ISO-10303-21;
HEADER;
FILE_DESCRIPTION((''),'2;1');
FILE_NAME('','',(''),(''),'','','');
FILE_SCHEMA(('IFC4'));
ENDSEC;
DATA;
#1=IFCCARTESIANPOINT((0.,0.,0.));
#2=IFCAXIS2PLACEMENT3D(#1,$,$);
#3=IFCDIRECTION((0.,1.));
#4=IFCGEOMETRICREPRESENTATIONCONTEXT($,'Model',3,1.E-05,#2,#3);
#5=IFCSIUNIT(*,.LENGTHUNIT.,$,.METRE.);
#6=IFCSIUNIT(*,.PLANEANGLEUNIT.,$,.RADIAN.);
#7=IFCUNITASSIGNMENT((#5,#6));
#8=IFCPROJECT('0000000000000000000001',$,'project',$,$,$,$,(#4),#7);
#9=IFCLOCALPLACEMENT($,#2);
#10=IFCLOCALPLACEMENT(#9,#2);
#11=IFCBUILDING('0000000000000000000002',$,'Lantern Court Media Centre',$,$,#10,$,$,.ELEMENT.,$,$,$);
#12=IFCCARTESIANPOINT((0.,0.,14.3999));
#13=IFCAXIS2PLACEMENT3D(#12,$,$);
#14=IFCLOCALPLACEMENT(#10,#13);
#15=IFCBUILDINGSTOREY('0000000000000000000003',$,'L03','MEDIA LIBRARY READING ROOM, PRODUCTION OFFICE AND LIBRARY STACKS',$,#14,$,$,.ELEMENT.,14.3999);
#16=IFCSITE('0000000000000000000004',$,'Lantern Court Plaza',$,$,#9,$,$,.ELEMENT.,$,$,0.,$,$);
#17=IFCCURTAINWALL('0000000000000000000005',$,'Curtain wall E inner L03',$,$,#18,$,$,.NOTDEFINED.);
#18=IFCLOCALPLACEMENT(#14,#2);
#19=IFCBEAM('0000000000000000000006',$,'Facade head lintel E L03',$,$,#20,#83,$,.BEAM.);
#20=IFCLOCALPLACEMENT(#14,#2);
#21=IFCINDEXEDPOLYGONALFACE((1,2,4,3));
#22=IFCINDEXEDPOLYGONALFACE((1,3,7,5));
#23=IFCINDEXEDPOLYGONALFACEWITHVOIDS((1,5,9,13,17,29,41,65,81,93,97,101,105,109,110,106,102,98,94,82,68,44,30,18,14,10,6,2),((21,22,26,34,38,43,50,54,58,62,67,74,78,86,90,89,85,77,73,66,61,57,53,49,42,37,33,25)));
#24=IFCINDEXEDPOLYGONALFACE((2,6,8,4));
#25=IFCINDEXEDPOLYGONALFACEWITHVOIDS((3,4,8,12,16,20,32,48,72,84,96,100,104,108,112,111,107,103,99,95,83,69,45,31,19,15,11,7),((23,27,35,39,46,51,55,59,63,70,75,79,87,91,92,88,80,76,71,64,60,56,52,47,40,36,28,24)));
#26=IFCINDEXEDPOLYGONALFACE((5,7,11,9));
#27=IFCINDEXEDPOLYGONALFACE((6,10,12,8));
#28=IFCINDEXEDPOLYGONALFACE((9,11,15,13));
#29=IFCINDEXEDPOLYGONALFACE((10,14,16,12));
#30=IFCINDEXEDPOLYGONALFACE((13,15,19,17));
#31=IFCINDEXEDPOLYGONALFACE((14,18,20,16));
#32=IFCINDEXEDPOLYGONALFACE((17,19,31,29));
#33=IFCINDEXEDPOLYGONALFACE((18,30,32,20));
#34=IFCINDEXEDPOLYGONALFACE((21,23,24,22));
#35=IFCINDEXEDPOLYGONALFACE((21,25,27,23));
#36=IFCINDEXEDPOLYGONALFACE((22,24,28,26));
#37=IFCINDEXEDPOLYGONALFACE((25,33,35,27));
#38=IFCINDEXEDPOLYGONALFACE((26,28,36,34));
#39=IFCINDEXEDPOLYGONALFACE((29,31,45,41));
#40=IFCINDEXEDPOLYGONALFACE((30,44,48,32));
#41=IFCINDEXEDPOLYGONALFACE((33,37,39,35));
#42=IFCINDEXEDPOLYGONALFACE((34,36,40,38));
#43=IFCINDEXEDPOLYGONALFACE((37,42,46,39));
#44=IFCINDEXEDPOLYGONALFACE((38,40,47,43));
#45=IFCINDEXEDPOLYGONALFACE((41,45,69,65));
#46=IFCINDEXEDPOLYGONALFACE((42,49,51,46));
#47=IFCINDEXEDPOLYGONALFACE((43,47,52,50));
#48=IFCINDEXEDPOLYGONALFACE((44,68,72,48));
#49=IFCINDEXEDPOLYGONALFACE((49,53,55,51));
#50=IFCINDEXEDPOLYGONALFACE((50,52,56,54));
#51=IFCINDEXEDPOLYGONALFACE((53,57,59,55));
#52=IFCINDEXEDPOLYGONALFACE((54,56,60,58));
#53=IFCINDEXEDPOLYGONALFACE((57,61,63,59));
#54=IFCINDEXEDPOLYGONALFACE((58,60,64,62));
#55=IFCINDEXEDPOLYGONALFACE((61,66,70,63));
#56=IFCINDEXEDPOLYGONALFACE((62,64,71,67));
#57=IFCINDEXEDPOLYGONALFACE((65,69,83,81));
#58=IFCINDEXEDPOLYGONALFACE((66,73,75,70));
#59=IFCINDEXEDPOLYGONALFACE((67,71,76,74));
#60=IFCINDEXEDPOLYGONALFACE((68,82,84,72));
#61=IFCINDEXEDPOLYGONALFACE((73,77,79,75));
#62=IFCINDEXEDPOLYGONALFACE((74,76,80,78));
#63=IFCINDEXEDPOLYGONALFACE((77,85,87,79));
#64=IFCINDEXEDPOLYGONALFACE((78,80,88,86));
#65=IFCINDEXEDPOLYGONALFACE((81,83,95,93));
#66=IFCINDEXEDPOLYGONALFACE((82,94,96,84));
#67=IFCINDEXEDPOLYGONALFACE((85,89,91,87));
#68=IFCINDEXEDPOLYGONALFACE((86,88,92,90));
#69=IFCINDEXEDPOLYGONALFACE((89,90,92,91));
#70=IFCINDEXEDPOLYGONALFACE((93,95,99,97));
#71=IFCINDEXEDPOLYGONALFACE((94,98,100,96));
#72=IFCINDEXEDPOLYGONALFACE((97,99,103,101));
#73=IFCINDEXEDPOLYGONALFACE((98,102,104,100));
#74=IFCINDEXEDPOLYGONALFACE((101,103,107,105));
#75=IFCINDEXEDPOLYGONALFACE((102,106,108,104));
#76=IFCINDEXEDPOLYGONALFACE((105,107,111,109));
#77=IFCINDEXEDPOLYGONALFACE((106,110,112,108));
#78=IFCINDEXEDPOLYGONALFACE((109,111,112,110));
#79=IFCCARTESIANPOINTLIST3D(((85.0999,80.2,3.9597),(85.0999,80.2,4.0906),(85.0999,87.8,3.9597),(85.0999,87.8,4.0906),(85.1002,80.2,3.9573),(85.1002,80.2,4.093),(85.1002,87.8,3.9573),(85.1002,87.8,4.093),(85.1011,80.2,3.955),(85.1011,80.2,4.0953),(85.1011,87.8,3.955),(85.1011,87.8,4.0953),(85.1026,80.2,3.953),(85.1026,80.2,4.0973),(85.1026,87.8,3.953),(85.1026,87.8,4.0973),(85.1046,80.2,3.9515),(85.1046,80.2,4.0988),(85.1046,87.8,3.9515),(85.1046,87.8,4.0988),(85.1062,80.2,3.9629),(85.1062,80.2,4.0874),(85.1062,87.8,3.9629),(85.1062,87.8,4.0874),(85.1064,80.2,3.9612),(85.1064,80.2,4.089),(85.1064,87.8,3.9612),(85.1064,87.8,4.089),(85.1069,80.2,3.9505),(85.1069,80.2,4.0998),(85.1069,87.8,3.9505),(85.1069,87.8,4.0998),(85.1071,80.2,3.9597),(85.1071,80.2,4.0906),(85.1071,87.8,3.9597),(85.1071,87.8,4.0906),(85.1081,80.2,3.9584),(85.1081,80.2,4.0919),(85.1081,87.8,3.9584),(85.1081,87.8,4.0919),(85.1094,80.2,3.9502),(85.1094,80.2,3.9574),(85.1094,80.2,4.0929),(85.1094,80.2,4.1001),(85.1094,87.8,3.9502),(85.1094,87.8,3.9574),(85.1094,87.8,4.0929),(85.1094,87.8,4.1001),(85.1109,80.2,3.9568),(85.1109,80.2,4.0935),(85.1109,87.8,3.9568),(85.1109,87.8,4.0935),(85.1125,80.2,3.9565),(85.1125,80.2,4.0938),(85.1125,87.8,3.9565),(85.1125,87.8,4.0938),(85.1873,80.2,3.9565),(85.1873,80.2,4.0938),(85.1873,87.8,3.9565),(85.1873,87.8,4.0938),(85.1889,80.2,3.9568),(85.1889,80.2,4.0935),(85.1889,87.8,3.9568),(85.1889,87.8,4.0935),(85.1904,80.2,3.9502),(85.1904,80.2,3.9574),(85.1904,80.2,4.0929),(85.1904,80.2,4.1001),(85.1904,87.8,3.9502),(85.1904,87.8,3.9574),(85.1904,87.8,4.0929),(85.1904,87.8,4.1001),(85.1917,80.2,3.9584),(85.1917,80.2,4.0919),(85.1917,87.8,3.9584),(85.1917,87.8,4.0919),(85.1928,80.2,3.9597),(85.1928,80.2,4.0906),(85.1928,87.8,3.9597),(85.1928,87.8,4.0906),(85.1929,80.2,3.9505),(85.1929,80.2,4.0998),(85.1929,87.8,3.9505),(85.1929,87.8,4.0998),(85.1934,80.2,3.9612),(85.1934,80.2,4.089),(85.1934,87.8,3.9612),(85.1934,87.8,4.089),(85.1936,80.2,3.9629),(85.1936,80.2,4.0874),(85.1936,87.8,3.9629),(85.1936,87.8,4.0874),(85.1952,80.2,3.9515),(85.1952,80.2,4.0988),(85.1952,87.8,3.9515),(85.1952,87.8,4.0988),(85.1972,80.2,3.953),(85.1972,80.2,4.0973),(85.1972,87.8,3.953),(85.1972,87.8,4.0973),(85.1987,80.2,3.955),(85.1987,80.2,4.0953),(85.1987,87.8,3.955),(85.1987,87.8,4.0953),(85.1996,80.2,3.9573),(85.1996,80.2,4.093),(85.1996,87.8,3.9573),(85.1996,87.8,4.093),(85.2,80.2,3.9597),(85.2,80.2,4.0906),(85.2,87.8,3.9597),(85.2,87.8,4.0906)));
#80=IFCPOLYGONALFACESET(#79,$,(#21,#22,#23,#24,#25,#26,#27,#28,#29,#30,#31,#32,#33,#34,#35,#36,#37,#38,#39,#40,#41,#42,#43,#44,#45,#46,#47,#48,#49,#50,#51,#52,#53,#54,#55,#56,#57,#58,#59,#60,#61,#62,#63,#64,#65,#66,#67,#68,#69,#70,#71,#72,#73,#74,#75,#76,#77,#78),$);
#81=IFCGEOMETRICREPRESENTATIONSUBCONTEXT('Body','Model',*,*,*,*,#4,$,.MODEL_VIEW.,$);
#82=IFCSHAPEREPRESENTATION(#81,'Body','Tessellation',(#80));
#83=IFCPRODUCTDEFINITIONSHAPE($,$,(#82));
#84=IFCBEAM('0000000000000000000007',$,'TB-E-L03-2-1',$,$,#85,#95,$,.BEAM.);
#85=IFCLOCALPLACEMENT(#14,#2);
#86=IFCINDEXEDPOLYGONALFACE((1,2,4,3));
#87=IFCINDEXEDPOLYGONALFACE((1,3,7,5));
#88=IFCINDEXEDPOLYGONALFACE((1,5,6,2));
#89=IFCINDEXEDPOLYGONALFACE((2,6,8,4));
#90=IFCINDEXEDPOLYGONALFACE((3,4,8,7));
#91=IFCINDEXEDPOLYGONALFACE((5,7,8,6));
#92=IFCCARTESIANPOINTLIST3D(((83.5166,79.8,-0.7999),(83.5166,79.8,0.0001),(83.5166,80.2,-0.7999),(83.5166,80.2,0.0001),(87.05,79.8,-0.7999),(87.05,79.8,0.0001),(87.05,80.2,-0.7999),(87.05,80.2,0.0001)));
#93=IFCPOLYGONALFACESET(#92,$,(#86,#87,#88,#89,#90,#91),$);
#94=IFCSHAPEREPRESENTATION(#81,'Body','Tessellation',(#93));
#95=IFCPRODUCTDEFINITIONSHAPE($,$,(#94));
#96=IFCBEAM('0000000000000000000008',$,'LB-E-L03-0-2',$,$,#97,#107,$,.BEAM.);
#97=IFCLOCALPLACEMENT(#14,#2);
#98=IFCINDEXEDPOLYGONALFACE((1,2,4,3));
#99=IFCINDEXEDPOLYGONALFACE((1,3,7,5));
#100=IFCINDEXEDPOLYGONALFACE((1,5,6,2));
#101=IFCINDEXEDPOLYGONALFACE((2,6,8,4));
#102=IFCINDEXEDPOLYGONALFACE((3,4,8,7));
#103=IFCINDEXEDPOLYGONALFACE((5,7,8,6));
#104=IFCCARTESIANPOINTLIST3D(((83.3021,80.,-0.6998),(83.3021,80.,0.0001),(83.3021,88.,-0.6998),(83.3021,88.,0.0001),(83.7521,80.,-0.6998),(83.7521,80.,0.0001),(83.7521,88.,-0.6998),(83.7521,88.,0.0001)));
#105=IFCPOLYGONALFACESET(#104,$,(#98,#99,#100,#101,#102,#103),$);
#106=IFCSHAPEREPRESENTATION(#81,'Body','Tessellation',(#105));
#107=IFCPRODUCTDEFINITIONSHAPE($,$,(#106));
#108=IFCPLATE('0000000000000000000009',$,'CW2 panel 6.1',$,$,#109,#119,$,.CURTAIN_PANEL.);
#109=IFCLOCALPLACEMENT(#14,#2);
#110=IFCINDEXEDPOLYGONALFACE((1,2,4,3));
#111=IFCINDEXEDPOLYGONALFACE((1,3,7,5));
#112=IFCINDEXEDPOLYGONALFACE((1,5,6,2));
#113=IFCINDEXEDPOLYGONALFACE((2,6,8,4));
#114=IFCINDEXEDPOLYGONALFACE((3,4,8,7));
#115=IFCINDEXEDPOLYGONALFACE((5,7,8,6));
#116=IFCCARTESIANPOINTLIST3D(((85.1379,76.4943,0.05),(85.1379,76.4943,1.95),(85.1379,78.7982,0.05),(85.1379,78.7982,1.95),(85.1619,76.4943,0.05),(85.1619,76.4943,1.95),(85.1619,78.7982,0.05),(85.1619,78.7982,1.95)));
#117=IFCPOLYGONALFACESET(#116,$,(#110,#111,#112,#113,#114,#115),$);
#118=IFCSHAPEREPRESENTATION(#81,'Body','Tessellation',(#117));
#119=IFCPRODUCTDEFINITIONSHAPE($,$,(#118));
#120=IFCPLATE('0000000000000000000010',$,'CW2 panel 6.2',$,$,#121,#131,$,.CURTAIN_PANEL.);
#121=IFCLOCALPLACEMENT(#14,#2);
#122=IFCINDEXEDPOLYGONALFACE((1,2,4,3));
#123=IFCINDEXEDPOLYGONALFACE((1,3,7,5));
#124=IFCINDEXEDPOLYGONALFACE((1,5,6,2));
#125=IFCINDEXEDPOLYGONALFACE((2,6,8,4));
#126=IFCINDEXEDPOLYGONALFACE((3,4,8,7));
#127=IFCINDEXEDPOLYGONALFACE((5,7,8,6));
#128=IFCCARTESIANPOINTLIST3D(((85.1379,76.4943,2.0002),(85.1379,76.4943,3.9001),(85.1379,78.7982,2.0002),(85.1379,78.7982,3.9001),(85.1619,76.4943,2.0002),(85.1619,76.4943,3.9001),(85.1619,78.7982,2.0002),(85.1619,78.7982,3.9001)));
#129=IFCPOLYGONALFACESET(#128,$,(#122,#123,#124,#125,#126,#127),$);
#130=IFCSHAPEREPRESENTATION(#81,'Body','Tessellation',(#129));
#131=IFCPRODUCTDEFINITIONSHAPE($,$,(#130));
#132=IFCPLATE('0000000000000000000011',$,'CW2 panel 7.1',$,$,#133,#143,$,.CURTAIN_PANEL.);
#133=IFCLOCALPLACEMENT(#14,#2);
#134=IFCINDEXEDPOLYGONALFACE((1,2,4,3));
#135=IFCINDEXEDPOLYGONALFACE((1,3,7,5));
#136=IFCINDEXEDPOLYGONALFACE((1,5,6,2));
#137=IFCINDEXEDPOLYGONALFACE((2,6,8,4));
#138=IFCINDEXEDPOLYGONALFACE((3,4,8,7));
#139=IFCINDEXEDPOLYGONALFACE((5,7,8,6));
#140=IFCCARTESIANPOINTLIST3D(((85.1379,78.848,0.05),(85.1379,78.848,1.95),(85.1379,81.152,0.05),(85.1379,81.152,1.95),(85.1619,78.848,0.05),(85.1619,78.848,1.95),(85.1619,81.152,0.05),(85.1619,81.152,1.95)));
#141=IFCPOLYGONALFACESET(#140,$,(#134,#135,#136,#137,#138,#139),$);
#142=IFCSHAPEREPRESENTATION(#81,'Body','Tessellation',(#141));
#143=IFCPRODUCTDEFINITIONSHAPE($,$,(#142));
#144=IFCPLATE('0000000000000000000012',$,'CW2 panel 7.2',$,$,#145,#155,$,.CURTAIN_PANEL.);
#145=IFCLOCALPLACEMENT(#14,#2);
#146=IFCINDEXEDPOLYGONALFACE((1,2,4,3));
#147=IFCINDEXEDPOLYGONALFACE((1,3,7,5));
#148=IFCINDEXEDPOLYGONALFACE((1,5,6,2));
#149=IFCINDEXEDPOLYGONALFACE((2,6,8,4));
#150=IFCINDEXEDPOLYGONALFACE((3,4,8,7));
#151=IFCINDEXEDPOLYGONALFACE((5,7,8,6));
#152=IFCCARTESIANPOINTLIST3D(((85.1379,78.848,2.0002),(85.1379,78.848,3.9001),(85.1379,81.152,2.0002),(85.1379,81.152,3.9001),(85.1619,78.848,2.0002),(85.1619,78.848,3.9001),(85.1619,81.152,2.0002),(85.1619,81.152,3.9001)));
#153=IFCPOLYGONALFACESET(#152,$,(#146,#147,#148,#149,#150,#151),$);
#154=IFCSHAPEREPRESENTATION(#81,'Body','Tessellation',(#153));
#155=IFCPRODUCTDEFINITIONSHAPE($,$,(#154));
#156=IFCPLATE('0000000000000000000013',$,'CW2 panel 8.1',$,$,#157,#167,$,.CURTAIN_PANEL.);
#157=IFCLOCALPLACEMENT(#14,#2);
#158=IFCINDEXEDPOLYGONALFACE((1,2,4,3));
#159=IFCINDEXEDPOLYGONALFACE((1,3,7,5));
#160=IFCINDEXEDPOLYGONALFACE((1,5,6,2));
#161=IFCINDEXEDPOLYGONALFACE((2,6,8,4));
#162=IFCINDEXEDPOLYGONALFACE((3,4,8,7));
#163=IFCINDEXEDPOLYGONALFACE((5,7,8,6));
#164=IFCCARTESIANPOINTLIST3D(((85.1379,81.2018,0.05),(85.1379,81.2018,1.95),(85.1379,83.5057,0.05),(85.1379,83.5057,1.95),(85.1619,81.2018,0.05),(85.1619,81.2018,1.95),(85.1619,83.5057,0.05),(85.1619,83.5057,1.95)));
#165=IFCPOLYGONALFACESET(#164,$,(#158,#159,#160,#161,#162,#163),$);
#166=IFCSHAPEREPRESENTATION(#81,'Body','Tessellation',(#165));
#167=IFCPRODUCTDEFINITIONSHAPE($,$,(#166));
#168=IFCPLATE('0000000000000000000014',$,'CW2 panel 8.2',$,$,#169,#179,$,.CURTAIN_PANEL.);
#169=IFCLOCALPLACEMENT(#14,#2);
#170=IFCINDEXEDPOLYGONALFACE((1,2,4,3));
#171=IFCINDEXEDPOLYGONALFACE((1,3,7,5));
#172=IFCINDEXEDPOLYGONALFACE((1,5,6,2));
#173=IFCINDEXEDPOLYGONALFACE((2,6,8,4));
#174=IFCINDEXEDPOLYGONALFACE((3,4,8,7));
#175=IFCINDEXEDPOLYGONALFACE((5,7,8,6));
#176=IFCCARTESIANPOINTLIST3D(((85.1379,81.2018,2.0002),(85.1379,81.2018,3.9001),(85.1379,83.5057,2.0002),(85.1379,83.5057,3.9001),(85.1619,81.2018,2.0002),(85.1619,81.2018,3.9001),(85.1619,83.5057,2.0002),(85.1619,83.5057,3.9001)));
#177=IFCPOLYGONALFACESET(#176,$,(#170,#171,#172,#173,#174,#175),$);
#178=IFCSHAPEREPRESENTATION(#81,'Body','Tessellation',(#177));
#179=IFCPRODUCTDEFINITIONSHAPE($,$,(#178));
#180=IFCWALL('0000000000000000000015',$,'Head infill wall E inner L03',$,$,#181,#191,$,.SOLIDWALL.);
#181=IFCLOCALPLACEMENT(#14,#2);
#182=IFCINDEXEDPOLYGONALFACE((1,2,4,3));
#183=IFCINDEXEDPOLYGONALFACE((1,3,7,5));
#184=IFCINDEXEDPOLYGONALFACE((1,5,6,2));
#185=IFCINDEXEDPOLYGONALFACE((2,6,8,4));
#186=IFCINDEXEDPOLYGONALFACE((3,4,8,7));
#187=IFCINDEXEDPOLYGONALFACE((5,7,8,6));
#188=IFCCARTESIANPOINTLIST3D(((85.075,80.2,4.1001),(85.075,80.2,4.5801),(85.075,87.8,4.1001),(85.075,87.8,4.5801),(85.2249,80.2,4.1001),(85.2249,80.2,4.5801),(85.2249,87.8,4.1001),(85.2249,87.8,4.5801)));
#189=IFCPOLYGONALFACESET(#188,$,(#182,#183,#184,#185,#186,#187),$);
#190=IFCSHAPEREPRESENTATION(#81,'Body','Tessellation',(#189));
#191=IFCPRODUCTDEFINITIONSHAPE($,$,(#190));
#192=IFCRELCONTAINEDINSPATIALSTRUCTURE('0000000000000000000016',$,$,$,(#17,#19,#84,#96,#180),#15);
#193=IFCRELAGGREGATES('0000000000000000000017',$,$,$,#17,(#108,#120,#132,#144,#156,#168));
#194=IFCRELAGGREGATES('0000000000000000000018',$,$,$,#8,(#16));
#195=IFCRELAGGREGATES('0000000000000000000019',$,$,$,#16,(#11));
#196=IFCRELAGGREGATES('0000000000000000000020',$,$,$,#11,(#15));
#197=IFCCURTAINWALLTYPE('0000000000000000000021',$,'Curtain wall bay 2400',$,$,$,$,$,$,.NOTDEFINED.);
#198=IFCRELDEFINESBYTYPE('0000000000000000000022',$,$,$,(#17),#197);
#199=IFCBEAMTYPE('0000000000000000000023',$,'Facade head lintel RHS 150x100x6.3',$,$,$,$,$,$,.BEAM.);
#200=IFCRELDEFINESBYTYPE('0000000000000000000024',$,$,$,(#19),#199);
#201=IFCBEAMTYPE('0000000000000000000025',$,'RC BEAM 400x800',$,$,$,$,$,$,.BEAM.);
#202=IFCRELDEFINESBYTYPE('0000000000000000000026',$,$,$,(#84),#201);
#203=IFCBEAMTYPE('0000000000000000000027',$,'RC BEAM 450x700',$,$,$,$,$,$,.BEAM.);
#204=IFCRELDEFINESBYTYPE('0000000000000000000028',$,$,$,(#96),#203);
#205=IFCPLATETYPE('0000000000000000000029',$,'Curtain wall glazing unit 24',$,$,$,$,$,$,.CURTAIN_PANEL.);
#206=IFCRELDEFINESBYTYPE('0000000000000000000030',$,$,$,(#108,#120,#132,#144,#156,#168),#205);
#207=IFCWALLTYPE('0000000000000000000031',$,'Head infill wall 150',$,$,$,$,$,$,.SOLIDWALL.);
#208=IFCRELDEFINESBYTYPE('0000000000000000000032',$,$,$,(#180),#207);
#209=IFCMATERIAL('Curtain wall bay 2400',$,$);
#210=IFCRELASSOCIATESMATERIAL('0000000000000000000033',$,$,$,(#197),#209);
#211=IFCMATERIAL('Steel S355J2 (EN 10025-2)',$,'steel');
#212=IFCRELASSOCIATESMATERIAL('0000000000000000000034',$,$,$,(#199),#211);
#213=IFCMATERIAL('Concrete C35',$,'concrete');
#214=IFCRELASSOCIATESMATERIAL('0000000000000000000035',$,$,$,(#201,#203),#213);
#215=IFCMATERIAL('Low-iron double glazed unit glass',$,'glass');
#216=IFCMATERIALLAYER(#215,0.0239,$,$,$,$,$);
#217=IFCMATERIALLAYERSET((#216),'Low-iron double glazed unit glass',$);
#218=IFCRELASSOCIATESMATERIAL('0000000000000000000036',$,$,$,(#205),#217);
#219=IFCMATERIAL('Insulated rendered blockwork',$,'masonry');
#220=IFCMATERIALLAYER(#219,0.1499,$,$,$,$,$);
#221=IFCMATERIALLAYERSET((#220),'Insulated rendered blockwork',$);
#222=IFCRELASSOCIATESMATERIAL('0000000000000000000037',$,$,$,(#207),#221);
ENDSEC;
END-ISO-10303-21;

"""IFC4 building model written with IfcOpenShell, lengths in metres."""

from ifc_helpers import new_model, si_unit, direction, frame, frame_2d, origin, origin_2d, place, context, subcontext, project, spatial, rectangle, hollow_rectangle, extrude, material, layer, layer_set, material_profile, profile_set, type_object, element, aggregate, save


model = new_model("IFC4")

# Units and contexts
model_context = context("Model", 3, precision=1e-05, world=origin(), true_north=direction((0.0, 1.0)))
body_context = subcontext(model_context, "Body", "Model", "MODEL_VIEW")
ifc_project = project(units=[si_unit("LENGTHUNIT", "METRE"), si_unit("PLANEANGLEUNIT", "RADIAN")], contexts=[model_context])

# Site, building, storey
site_placement = place(None, origin())
site = spatial("IfcSite", under=ifc_project, at=site_placement, Name="Lantern Court Plaza", CompositionType="ELEMENT", RefElevation=0.0)
building_placement = place(site_placement, origin())
building = spatial("IfcBuilding", under=site, at=building_placement, Name="Lantern Court Media Centre", CompositionType="ELEMENT")
storey_placement = place(building_placement, frame((0.0, 0.0, 14.3999)))
storey = spatial("IfcBuildingStorey", under=building, at=storey_placement, Name="L03", Description="MEDIA LIBRARY READING ROOM, PRODUCTION OFFICE AND LIBRARY STACKS", CompositionType="ELEMENT", Elevation=14.3999)

# Shared definitions
ifc_material_1 = material(Name="Concrete C35", Category="concrete")

# Curtain wall
ifc_material_2 = material(Name="Curtain wall bay 2400")
curtain_wall_type = type_object("IfcCurtainWallType", Name="Curtain wall bay 2400", PredefinedType="NOTDEFINED", material=ifc_material_2)
curtain_wall_placement = place(storey_placement, origin())
curtain_wall = element("IfcCurtainWall", 1, at=curtain_wall_placement, inside=storey, type_object=curtain_wall_type, Name="Curtain wall E inner L03", PredefinedType="NOTDEFINED")

# Beams
ifc_material_3 = material(Name="Steel S355J2 (EN 10025-2)", Category="steel")
ifc_material_profile_1 = material_profile(ifc_material_3, hollow_rectangle(XDim=0.1001, YDim=0.1499, WallThickness=0.0063, InnerFilletRadius=0.0063, OuterFilletRadius=0.0095, at=origin_2d()), Name="Facade head lintel RHS 150x100x6.3")
ifc_profile_set_1 = profile_set([ifc_material_profile_1], Name="Steel S355J2 (EN 10025-2)")
beam_type_1 = type_object("IfcBeamType", Name="Facade head lintel RHS 150x100x6.3", PredefinedType="BEAM", material=ifc_profile_set_1)
beam_1_placement = place(storey_placement, frame((85.1499, 80.2, 4.0251), z_axis=(0.0, 1.0, 0.0), x_axis=(-1.0, 0.0, 0.0)))
element("IfcBeam", 2, at=beam_1_placement, inside=storey, type_object=beam_type_1, Name="Facade head lintel E L03", PredefinedType="BEAM", context=body_context, shape_type="SweptSolid", body=[
    extrude(hollow_rectangle(XDim=0.1001, YDim=0.1499, WallThickness=0.0063, InnerFilletRadius=0.0063, OuterFilletRadius=0.0095, at=origin_2d()), origin(), (0.0, 0.0, 1.0), 7.6001),
])
ifc_material_profile_2 = material_profile(ifc_material_1, rectangle(XDim=0.3999, YDim=0.8, at=origin_2d()), Name="RC 400x800")
ifc_profile_set_2 = profile_set([ifc_material_profile_2], Name="Concrete C35")
beam_type_2 = type_object("IfcBeamType", Name="RC BEAM 400x800", PredefinedType="BEAM", material=ifc_profile_set_2)
beam_2_placement = place(storey_placement, frame((83.5166, 80.0, -0.3999), z_axis=(1.0, 0.0, 0.0), x_axis=(0.0, 1.0, 0.0)))
element("IfcBeam", 3, at=beam_2_placement, inside=storey, type_object=beam_type_2, Name="TB-E-L03-2-1", PredefinedType="BEAM", context=body_context, shape_type="SweptSolid", body=[
    extrude(rectangle(XDim=0.3999, YDim=0.8, at=origin_2d()), origin(), (0.0, 0.0, 1.0), 3.5334),
])
ifc_material_profile_3 = material_profile(ifc_material_1, rectangle(XDim=0.45, YDim=0.7, at=origin_2d()), Name="RC 450x700")
ifc_profile_set_3 = profile_set([ifc_material_profile_3], Name="Concrete C35")
beam_type_3 = type_object("IfcBeamType", Name="RC BEAM 450x700", PredefinedType="BEAM", material=ifc_profile_set_3)
beam_3_placement = place(storey_placement, frame((83.5271, 80.0, -0.3499), z_axis=(0.0, 1.0, 0.0), x_axis=(-1.0, 0.0, 0.0)))
element("IfcBeam", 4, at=beam_3_placement, inside=storey, type_object=beam_type_3, Name="LB-E-L03-0-2", PredefinedType="BEAM", context=body_context, shape_type="SweptSolid", body=[
    extrude(rectangle(XDim=0.45, YDim=0.7, at=origin_2d()), origin(), (0.0, 0.0, 1.0), 8.0),
])

# Plates
ifc_material_4 = material(Name="Low-iron double glazed unit glass", Category="glass")
ifc_layer_1 = layer(ifc_material_4, 0.0239)
ifc_layer_set_1 = layer_set([ifc_layer_1], Name="Low-iron double glazed unit glass")
plate_type = type_object("IfcPlateType", Name="Curtain wall glazing unit 24", PredefinedType="CURTAIN_PANEL", material=ifc_layer_set_1)
plate_1_placement = place(storey_placement, frame((85.1499, 77.6462, 0.05), z_axis=(0.0, 0.0, 1.0), x_axis=(0.0, 1.0, 0.0)))
plate_1 = element("IfcPlate", 5, at=plate_1_placement, type_object=plate_type, Name="CW2 panel 6.1", PredefinedType="CURTAIN_PANEL", context=body_context, shape_type="SweptSolid", body=[
    extrude(rectangle(XDim=2.304, YDim=0.0239, at=origin_2d()), origin(), (0.0, 0.0, 1.0), 1.8999),
])
plate_2_placement = place(storey_placement, frame((85.1499, 77.6462, 2.0002), z_axis=(0.0, 0.0, 1.0), x_axis=(0.0, 1.0, 0.0)))
plate_2 = element("IfcPlate", 6, at=plate_2_placement, type_object=plate_type, Name="CW2 panel 6.2", PredefinedType="CURTAIN_PANEL", context=body_context, shape_type="SweptSolid", body=[
    extrude(rectangle(XDim=2.304, YDim=0.0239, at=origin_2d()), origin(), (0.0, 0.0, 1.0), 1.8999),
])
plate_3_placement = place(storey_placement, frame((85.1499, 80.0, 0.05), z_axis=(0.0, 0.0, 1.0), x_axis=(0.0, 1.0, 0.0)))
plate_3 = element("IfcPlate", 7, at=plate_3_placement, type_object=plate_type, Name="CW2 panel 7.1", PredefinedType="CURTAIN_PANEL", context=body_context, shape_type="SweptSolid", body=[
    extrude(rectangle(XDim=2.304, YDim=0.0239, at=origin_2d()), origin(), (0.0, 0.0, 1.0), 1.8999),
])
plate_4_placement = place(storey_placement, frame((85.1499, 80.0, 2.0002), z_axis=(0.0, 0.0, 1.0), x_axis=(0.0, 1.0, 0.0)))
plate_4 = element("IfcPlate", 8, at=plate_4_placement, type_object=plate_type, Name="CW2 panel 7.2", PredefinedType="CURTAIN_PANEL", context=body_context, shape_type="SweptSolid", body=[
    extrude(rectangle(XDim=2.304, YDim=0.0239, at=origin_2d()), origin(), (0.0, 0.0, 1.0), 1.8999),
])
plate_5_placement = place(storey_placement, frame((85.1499, 82.3538, 0.05), z_axis=(0.0, 0.0, 1.0), x_axis=(0.0, 1.0, 0.0)))
plate_5 = element("IfcPlate", 9, at=plate_5_placement, type_object=plate_type, Name="CW2 panel 8.1", PredefinedType="CURTAIN_PANEL", context=body_context, shape_type="SweptSolid", body=[
    extrude(rectangle(XDim=2.304, YDim=0.0239, at=origin_2d()), origin(), (0.0, 0.0, 1.0), 1.8999),
])
plate_6_placement = place(storey_placement, frame((85.1499, 82.3538, 2.0002), z_axis=(0.0, 0.0, 1.0), x_axis=(0.0, 1.0, 0.0)))
plate_6 = element("IfcPlate", 10, at=plate_6_placement, type_object=plate_type, Name="CW2 panel 8.2", PredefinedType="CURTAIN_PANEL", context=body_context, shape_type="SweptSolid", body=[
    extrude(rectangle(XDim=2.304, YDim=0.0239, at=origin_2d()), origin(), (0.0, 0.0, 1.0), 1.8999),
])
aggregate(curtain_wall, [plate_1, plate_2, plate_3, plate_4, plate_5, plate_6])

# Wall
ifc_material_5 = material(Name="Insulated rendered blockwork", Category="masonry")
ifc_layer_2 = layer(ifc_material_5, 0.1499)
ifc_layer_set_2 = layer_set([ifc_layer_2], Name="Insulated rendered blockwork")
wall_type = type_object("IfcWallType", Name="Head infill wall 150", PredefinedType="SOLIDWALL", material=ifc_layer_set_2)
wall_placement = place(storey_placement, frame((85.1499, 80.2, 4.1001), z_axis=(0.0, 0.0, 1.0), x_axis=(0.0, 1.0, 0.0)))
element("IfcWall", 11, at=wall_placement, inside=storey, type_object=wall_type, Name="Head infill wall E inner L03", PredefinedType="SOLIDWALL", context=body_context, shape_type="SweptSolid", body=[
    extrude(rectangle(XDim=7.6001, YDim=0.1499, at=frame_2d((3.8, 0.0))), origin(), (0.0, 0.0, 1.0), 0.48),
])

save(model, "model.ifc")
